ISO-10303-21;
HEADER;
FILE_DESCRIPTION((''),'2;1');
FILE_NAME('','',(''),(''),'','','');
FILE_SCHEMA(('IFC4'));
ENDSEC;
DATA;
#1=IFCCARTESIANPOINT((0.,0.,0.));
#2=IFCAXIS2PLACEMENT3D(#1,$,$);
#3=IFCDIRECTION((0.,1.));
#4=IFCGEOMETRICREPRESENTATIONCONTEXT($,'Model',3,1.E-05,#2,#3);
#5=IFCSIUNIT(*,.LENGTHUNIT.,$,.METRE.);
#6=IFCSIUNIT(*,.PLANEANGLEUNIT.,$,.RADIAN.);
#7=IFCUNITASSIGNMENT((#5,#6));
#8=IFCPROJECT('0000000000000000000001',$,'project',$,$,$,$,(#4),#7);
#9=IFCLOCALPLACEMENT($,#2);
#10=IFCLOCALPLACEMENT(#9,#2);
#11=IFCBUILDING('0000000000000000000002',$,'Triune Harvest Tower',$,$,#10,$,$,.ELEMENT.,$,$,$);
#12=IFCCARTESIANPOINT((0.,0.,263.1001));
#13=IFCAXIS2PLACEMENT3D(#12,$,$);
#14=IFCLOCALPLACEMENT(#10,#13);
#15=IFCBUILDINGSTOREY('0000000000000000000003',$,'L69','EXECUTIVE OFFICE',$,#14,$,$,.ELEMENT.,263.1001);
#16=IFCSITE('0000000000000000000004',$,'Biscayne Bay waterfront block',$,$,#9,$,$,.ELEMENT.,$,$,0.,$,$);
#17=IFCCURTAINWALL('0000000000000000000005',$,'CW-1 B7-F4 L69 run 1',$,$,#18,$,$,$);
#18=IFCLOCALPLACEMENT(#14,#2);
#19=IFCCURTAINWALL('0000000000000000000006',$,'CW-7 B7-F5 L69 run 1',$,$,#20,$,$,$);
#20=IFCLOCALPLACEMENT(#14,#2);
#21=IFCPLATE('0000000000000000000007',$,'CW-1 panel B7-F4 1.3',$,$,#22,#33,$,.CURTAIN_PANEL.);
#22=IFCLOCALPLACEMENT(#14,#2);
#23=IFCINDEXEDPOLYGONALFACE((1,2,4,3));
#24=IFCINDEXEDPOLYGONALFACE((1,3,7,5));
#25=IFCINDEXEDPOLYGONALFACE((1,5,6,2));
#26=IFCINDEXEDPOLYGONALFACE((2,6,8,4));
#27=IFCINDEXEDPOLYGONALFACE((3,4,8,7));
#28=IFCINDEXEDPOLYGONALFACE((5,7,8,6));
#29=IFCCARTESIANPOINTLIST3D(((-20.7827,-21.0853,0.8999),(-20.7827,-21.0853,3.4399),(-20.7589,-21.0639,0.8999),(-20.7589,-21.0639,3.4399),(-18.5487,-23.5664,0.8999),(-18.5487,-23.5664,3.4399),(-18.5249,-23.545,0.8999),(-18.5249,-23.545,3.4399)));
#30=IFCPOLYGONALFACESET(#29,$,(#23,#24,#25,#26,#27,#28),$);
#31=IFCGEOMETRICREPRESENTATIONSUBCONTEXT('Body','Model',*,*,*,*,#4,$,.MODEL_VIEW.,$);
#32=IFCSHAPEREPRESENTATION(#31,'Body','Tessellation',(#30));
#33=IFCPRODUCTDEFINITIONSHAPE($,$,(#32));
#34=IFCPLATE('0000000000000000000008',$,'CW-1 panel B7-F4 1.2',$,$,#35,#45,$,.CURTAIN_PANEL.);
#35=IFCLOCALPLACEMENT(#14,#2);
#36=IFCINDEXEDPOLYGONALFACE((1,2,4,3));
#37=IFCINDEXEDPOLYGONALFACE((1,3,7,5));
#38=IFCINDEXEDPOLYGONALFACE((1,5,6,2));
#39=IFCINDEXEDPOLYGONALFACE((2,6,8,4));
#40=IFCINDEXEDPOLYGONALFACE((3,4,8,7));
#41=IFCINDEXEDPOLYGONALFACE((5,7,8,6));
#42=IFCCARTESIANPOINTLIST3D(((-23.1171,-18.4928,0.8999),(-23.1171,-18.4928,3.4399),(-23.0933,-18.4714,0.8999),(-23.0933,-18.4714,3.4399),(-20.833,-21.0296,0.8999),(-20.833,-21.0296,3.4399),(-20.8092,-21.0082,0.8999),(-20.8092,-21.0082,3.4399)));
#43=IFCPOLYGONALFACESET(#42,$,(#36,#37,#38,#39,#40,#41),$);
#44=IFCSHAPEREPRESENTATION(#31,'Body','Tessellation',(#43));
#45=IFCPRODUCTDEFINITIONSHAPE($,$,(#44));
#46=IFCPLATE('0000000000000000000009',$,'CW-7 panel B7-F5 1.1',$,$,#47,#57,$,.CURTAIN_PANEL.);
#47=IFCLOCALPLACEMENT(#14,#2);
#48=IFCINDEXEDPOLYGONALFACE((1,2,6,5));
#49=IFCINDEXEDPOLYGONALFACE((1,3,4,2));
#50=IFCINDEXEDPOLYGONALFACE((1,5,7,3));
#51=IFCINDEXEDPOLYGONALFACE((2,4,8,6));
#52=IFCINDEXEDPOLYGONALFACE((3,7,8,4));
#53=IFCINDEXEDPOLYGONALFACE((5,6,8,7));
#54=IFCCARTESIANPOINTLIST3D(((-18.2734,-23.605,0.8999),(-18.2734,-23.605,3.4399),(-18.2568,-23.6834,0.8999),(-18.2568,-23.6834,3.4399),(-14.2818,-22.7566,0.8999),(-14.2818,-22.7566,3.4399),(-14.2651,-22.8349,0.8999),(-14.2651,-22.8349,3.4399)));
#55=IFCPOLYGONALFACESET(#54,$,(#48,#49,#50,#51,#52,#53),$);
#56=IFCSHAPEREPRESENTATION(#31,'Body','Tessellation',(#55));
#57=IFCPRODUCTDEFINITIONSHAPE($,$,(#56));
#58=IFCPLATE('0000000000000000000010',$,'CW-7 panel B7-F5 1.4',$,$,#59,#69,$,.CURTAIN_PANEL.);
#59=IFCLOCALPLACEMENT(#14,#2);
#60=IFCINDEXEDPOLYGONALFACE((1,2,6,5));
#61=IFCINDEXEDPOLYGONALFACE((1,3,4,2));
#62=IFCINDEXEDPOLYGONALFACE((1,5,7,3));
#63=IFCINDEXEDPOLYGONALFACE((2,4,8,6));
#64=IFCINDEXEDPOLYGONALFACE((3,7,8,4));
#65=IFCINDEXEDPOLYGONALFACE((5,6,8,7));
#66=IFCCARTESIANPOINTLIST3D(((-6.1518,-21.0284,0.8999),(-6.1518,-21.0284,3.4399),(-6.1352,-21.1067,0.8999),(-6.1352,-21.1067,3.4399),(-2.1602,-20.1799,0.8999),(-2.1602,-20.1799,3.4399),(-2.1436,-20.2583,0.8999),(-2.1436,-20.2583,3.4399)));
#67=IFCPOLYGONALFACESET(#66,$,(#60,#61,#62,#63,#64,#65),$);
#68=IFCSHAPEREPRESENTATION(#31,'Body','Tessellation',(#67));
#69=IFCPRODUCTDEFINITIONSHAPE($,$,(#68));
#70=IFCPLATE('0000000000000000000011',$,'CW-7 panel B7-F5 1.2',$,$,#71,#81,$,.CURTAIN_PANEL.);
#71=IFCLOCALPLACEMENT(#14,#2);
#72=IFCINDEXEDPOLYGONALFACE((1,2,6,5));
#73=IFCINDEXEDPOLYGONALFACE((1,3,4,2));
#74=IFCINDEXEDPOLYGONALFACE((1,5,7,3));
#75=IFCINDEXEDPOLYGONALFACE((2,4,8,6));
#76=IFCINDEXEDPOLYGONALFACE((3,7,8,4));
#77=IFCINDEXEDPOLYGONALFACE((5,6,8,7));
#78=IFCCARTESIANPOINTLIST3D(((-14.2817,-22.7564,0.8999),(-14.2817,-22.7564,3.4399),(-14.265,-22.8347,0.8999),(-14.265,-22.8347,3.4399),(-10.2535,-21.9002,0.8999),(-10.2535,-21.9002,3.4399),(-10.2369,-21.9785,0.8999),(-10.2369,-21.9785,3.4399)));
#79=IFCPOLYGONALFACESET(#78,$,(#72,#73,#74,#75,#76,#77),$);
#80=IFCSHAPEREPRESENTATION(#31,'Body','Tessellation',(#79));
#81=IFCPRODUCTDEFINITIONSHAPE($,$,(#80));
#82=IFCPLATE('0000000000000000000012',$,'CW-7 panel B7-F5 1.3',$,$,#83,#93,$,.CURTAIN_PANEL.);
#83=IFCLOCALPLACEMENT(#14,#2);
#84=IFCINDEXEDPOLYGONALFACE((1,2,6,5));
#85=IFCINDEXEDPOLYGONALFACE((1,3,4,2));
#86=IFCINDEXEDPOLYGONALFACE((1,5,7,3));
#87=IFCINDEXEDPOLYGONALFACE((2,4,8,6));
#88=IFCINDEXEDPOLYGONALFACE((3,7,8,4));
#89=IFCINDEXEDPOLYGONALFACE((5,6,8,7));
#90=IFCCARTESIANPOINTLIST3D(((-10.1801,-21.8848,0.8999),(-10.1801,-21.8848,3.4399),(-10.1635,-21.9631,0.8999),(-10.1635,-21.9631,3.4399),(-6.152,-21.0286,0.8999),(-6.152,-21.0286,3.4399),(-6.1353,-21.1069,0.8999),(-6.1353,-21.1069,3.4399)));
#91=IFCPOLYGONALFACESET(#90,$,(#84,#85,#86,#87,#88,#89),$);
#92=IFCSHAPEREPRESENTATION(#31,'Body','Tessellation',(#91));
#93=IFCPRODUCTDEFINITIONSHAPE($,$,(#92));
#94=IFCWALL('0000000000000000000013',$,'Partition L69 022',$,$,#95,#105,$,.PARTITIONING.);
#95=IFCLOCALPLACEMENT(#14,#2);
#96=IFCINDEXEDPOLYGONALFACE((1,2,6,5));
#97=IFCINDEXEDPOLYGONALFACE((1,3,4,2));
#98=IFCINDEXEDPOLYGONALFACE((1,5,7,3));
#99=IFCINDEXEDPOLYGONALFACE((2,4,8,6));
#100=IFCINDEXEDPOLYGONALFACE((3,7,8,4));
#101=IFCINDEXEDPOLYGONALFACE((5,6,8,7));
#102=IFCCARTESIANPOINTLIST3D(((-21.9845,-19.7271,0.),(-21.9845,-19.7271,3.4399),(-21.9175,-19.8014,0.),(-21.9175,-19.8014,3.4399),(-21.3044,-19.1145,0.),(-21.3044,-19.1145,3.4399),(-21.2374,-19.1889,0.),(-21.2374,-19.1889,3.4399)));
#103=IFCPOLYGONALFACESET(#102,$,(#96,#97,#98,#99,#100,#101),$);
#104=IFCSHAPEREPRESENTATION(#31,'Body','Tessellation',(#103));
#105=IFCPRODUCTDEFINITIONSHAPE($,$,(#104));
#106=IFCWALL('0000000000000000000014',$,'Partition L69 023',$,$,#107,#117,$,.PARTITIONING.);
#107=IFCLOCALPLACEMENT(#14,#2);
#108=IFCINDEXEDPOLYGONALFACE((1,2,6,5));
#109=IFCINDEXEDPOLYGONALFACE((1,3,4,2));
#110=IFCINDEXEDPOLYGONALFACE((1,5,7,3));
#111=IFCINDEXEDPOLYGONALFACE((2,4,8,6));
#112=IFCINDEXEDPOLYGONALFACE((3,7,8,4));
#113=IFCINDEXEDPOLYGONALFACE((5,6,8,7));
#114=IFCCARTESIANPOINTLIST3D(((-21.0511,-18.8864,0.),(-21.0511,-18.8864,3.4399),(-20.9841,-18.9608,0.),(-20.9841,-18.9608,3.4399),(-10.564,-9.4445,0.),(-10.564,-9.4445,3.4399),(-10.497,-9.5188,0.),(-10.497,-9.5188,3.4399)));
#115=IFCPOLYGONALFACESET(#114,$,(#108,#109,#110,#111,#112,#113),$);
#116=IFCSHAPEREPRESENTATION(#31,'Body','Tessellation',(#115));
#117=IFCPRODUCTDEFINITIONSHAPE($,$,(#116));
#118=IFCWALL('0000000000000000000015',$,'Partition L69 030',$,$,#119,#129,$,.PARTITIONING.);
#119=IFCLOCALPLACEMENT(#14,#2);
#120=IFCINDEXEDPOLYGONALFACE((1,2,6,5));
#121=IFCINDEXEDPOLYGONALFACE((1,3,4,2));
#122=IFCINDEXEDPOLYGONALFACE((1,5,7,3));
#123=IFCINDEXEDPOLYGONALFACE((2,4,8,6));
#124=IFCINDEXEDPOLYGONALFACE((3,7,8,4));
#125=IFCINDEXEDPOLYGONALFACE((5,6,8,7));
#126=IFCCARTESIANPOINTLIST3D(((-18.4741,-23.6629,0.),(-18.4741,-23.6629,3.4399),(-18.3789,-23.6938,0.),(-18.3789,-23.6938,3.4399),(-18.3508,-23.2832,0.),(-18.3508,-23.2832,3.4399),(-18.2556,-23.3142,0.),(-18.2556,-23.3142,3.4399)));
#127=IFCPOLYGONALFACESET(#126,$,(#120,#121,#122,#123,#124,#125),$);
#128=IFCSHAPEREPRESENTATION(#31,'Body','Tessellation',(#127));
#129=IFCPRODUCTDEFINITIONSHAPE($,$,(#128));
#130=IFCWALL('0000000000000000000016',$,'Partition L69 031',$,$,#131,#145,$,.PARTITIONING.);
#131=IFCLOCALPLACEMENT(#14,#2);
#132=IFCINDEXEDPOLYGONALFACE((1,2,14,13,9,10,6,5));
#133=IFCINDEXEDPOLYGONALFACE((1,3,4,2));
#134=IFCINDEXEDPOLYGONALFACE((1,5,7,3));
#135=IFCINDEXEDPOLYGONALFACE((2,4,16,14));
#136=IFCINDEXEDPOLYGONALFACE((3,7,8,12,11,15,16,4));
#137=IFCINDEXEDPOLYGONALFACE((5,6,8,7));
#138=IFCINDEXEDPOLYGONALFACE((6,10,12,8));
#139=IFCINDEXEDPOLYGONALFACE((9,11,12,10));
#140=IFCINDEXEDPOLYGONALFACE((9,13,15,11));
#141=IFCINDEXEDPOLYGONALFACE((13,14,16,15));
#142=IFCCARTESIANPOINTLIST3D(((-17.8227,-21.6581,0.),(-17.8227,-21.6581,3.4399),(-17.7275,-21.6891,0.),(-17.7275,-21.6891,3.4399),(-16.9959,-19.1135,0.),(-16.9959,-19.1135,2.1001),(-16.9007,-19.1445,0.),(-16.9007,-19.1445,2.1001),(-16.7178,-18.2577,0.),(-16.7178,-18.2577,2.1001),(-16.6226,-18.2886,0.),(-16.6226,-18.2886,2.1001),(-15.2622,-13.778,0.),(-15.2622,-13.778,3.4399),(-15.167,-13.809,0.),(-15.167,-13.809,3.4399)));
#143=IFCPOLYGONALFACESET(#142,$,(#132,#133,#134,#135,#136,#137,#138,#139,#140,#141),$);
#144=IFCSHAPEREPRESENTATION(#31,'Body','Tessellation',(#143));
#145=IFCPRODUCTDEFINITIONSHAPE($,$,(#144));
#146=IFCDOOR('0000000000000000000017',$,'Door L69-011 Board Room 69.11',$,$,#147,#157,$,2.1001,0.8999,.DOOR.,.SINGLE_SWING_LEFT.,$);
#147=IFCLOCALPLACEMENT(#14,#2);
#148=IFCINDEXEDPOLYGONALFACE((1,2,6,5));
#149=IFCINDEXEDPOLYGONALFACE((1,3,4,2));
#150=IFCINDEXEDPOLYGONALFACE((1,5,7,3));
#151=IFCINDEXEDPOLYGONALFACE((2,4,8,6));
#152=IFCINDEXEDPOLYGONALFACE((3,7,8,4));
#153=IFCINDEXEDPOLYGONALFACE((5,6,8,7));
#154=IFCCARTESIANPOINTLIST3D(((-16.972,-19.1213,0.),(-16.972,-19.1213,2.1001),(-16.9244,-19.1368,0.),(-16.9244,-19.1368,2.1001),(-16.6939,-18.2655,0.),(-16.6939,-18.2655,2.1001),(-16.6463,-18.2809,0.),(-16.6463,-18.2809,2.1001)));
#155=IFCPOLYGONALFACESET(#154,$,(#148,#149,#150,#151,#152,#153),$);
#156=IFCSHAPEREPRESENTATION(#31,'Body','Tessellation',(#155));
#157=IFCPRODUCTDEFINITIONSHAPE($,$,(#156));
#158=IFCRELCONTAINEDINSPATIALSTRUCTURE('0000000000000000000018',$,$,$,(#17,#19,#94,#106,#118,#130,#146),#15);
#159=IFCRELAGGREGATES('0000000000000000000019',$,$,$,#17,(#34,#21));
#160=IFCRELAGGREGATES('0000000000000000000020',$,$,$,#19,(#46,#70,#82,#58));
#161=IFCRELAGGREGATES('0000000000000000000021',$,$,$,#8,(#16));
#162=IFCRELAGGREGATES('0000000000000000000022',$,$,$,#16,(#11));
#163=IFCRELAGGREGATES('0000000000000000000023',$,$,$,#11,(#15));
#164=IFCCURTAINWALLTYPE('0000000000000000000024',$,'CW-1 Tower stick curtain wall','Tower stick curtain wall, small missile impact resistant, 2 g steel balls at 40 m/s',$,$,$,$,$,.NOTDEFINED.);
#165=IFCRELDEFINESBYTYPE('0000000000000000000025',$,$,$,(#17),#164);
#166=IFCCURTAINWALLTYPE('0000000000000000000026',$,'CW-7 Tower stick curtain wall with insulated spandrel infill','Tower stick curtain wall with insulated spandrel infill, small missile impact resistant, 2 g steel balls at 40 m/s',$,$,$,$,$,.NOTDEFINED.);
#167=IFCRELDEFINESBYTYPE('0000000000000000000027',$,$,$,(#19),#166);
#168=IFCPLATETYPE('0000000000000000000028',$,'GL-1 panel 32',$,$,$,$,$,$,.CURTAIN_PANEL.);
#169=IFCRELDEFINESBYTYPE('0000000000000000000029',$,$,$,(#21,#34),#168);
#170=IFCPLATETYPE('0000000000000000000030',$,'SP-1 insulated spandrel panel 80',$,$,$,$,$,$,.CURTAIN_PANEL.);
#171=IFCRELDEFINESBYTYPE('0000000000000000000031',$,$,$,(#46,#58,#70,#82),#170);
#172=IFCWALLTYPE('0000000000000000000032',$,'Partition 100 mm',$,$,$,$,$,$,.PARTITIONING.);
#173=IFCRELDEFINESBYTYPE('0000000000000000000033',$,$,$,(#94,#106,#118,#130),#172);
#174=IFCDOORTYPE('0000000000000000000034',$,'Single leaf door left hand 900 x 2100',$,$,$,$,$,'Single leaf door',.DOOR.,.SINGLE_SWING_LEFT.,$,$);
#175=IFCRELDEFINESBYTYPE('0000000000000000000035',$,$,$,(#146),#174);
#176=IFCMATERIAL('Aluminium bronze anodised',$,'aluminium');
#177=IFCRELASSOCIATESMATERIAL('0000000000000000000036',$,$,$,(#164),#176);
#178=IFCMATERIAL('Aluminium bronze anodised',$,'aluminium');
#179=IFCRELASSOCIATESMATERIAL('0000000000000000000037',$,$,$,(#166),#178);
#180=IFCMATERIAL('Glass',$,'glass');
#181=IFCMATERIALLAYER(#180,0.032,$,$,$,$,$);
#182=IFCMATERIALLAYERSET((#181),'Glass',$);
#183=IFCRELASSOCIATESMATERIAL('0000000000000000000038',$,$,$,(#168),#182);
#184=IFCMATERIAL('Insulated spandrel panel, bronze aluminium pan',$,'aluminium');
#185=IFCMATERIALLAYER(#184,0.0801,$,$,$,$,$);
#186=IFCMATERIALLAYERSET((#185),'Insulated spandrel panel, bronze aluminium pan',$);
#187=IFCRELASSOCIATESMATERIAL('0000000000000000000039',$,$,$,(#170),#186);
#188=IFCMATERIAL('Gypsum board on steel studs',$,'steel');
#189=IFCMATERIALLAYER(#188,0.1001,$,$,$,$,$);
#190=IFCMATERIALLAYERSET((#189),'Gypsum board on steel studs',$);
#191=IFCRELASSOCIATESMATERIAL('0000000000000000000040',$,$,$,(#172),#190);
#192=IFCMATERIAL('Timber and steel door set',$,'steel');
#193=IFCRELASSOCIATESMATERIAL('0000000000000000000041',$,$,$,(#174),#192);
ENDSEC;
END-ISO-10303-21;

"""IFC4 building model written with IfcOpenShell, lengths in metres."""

from ifc_helpers import new_model, si_unit, direction, frame, frame_2d, origin, origin_2d, place, context, subcontext, project, spatial, rectangle, extrude, source, transform, mapped, material, layer, layer_set, type_object, element, fill, aggregate, save


model = new_model("IFC4")

# Units and contexts
model_context = context("Model", 3, precision=1e-05, world=origin(), true_north=direction((0.0, 1.0)))
body_context = subcontext(model_context, "Body", "Model", "MODEL_VIEW")
ifc_project = project(units=[si_unit("LENGTHUNIT", "METRE"), si_unit("PLANEANGLEUNIT", "RADIAN")], contexts=[model_context])

# Site, building, storey
site_placement = place(None, origin())
site = spatial("IfcSite", under=ifc_project, at=site_placement, Name="Biscayne Bay waterfront block", CompositionType="ELEMENT", RefElevation=0.0)
building_placement = place(site_placement, origin())
building = spatial("IfcBuilding", under=site, at=building_placement, Name="Triune Harvest Tower", CompositionType="ELEMENT")
storey_placement = place(building_placement, frame((0.0, 0.0, 263.1001)))
storey = spatial("IfcBuildingStorey", under=building, at=storey_placement, Name="L69", Description="EXECUTIVE OFFICE", CompositionType="ELEMENT", Elevation=263.1001)

# Curtain walls
ifc_material_1 = material(Name="Aluminium bronze anodised", Category="aluminium")
curtain_wall_type_1 = type_object("IfcCurtainWallType", Name="CW-1 Tower stick curtain wall", Description="Tower stick curtain wall, small missile impact resistant, 2 g steel balls at 40 m/s", PredefinedType="NOTDEFINED", material=ifc_material_1)
curtain_wall_1_placement = place(storey_placement, origin())
curtain_wall_1 = element("IfcCurtainWall", 1, at=curtain_wall_1_placement, inside=storey, type_object=curtain_wall_type_1, Name="CW-1 B7-F4 L69 run 1")
ifc_material_2 = material(Name="Aluminium bronze anodised", Category="aluminium")
curtain_wall_type_2 = type_object("IfcCurtainWallType", Name="CW-7 Tower stick curtain wall with insulated spandrel infill", Description="Tower stick curtain wall with insulated spandrel infill, small missile impact resistant, 2 g steel balls at 40 m/s", PredefinedType="NOTDEFINED", material=ifc_material_2)
curtain_wall_2_placement = place(storey_placement, origin())
curtain_wall_2 = element("IfcCurtainWall", 2, at=curtain_wall_2_placement, inside=storey, type_object=curtain_wall_type_2, Name="CW-7 B7-F5 L69 run 1")

# Plates
ifc_material_3 = material(Name="Glass", Category="glass")
ifc_layer_1 = layer(ifc_material_3, 0.032)
ifc_layer_set_1 = layer_set([ifc_layer_1], Name="Glass")
plate_type_1 = type_object("IfcPlateType", Name="GL-1 panel 32", PredefinedType="CURTAIN_PANEL", material=ifc_layer_set_1)
shared_shape_1 = source(origin(), body_context, "Body", "SweptSolid", [
    extrude(rectangle(XDim=3.3386, YDim=0.032, at=origin_2d()), origin(), (0.0, 0.0, 1.0), 2.54),
])
plate_1_placement = place(storey_placement, frame((-19.6538, -22.3152, 0.8999), z_axis=(0.0, 0.0, 1.0), x_axis=(0.669132, -0.743144, 0.0)))
plate_1 = element("IfcPlate", 3, at=plate_1_placement, type_object=plate_type_1, Name="CW-1 panel B7-F4 1.3", PredefinedType="CURTAIN_PANEL", context=body_context, shape_type="MappedRepresentation", body=[
    mapped(shared_shape_1, transform((0.0, 0.0, 0.0), scale=1.0)),
])
shared_shape_2 = source(origin(), body_context, "Body", "SweptSolid", [
    extrude(rectangle(XDim=3.4136, YDim=0.032, at=origin_2d()), origin(), (0.0, 0.0, 1.0), 2.54),
])
plate_2_placement = place(storey_placement, frame((-21.9631, -19.7505, 0.8999), z_axis=(0.0, 0.0, 1.0), x_axis=(0.669132, -0.743144, 0.0)))
plate_2 = element("IfcPlate", 4, at=plate_2_placement, type_object=plate_type_1, Name="CW-1 panel B7-F4 1.2", PredefinedType="CURTAIN_PANEL", context=body_context, shape_type="MappedRepresentation", body=[
    mapped(shared_shape_2, transform((0.0, 0.0, 0.0), scale=1.0)),
])
aggregate(curtain_wall_1, [plate_2, plate_1])
ifc_material_4 = material(Name="Insulated spandrel panel, bronze aluminium pan", Category="aluminium")
ifc_layer_2 = layer(ifc_material_4, 0.0801)
ifc_layer_set_2 = layer_set([ifc_layer_2], Name="Insulated spandrel panel, bronze aluminium pan")
plate_type_2 = type_object("IfcPlateType", Name="SP-1 insulated spandrel panel 80", PredefinedType="CURTAIN_PANEL", material=ifc_layer_set_2)
shared_shape_3 = source(origin(), body_context, "Body", "SweptSolid", [
    extrude(rectangle(XDim=4.0808, YDim=0.0801, at=origin_2d()), origin(), (0.0, 0.0, 1.0), 2.54),
])
plate_3_placement = place(storey_placement, frame((-16.2693, -23.22, 0.8999), z_axis=(0.0, 0.0, 1.0), x_axis=(0.978148, 0.207909, 0.0)))
plate_3 = element("IfcPlate", 5, at=plate_3_placement, type_object=plate_type_2, Name="CW-7 panel B7-F5 1.1", PredefinedType="CURTAIN_PANEL", context=body_context, shape_type="MappedRepresentation", body=[
    mapped(shared_shape_3, transform((0.0, 0.0, 0.0), scale=1.0)),
])
plate_4_placement = place(storey_placement, frame((-4.1477, -20.6433, 0.8999), z_axis=(0.0, 0.0, 1.0), x_axis=(0.978148, 0.207909, 0.0)))
plate_4 = element("IfcPlate", 6, at=plate_4_placement, type_object=plate_type_2, Name="CW-7 panel B7-F5 1.4", PredefinedType="CURTAIN_PANEL", context=body_context, shape_type="MappedRepresentation", body=[
    mapped(shared_shape_3, transform((0.0, 0.0, 0.0), scale=1.0)),
])
shared_shape_4 = source(origin(), body_context, "Body", "SweptSolid", [
    extrude(rectangle(XDim=4.1182, YDim=0.0801, at=origin_2d()), origin(), (0.0, 0.0, 1.0), 2.54),
])
plate_5_placement = place(storey_placement, frame((-12.2593, -22.3674, 0.8999), z_axis=(0.0, 0.0, 1.0), x_axis=(0.978148, 0.207909, 0.0)))
plate_5 = element("IfcPlate", 7, at=plate_5_placement, type_object=plate_type_2, Name="CW-7 panel B7-F5 1.2", PredefinedType="CURTAIN_PANEL", context=body_context, shape_type="MappedRepresentation", body=[
    mapped(shared_shape_4, transform((0.0, 0.0, 0.0), scale=1.0)),
])
plate_6_placement = place(storey_placement, frame((-8.1577, -21.4958, 0.8999), z_axis=(0.0, 0.0, 1.0), x_axis=(0.978148, 0.207909, 0.0)))
plate_6 = element("IfcPlate", 8, at=plate_6_placement, type_object=plate_type_2, Name="CW-7 panel B7-F5 1.3", PredefinedType="CURTAIN_PANEL", context=body_context, shape_type="MappedRepresentation", body=[
    mapped(shared_shape_4, transform((0.0, 0.0, 0.0), scale=1.0)),
])
aggregate(curtain_wall_2, [plate_3, plate_5, plate_6, plate_4])

# Walls
ifc_material_5 = material(Name="Gypsum board on steel studs", Category="steel")
ifc_layer_3 = layer(ifc_material_5, 0.1001)
ifc_layer_set_3 = layer_set([ifc_layer_3], Name="Gypsum board on steel studs")
wall_type = type_object("IfcWallType", Name="Partition 100 mm", PredefinedType="PARTITIONING", material=ifc_layer_set_3)
shared_shape_5 = source(origin(), body_context, "Body", "SweptSolid", [
    extrude(rectangle(XDim=0.9153, YDim=0.1001, at=frame_2d((0.4575, 0.0))), origin(), (0.0, 0.0, 1.0), 3.4399),
])
wall_1_placement = place(storey_placement, frame((-21.9509, -19.7642, 0.0), z_axis=(0.0, 0.0, 1.0), x_axis=(0.743082, 0.6692, 0.0)))
element("IfcWall", 9, at=wall_1_placement, inside=storey, type_object=wall_type, Name="Partition L69 022", PredefinedType="PARTITIONING", context=body_context, shape_type="MappedRepresentation", body=[
    mapped(shared_shape_5, transform((0.0, 0.0, 0.0), scale=1.0)),
])
shared_shape_6 = source(origin(), body_context, "Body", "SweptSolid", [
    extrude(rectangle(XDim=14.1113, YDim=0.1001, at=frame_2d((7.0557, 0.0))), origin(), (0.0, 0.0, 1.0), 3.4399),
])
wall_2_placement = place(storey_placement, frame((-21.0176, -18.9236, 0.0), z_axis=(0.0, 0.0, 1.0), x_axis=(0.743169, 0.669103, 0.0)))
element("IfcWall", 10, at=wall_2_placement, inside=storey, type_object=wall_type, Name="Partition L69 023", PredefinedType="PARTITIONING", context=body_context, shape_type="MappedRepresentation", body=[
    mapped(shared_shape_6, transform((0.0, 0.0, 0.0), scale=1.0)),
])
shared_shape_7 = source(origin(), body_context, "Body", "SweptSolid", [
    extrude(rectangle(XDim=0.3992, YDim=0.1001, at=frame_2d((0.1997, 0.0))), origin(), (0.0, 0.0, 1.0), 3.4399),
])
wall_3_placement = place(storey_placement, frame((-18.4265, -23.6785, 0.0), z_axis=(0.0, 0.0, 1.0), x_axis=(0.308879, 0.951101, 0.0)))
element("IfcWall", 11, at=wall_3_placement, inside=storey, type_object=wall_type, Name="Partition L69 030", PredefinedType="PARTITIONING", context=body_context, shape_type="MappedRepresentation", body=[
    mapped(shared_shape_7, transform((0.0, 0.0, 0.0), scale=1.0)),
])

# Wall, opening, door
shared_shape_8 = source(origin(), body_context, "Body", "SweptSolid", [
    extrude(rectangle(XDim=8.2856, YDim=0.1001, at=frame_2d((4.1428, 0.0))), origin(), (0.0, 0.0, 1.0), 3.4399),
])
wall_4_placement = place(storey_placement, frame((-17.7751, -21.6736, 0.0), z_axis=(0.0, 0.0, 1.0), x_axis=(0.309032, 0.951052, 0.0)))
wall_4 = element("IfcWall", 12, at=wall_4_placement, inside=storey, type_object=wall_type, Name="Partition L69 031", PredefinedType="PARTITIONING", context=body_context, shape_type="MappedRepresentation", body=[
    mapped(shared_shape_8, transform((0.0, 0.0, 0.0), scale=1.0)),
])
opening_placement = place(wall_4_placement, frame((2.6755, 0.0, 0.0)))
opening = element("IfcOpeningElement", 13, at=opening_placement, cuts=wall_4, PredefinedType="OPENING", context=body_context, shape_type="SweptSolid", body=[
    extrude(rectangle(XDim=0.8999, YDim=2.1001, at=frame_2d((0.45, 1.05))), frame((0.0, 0.0601, 0.0), z_axis=(0.0, -1.0, 0.0), x_axis=(1.0, 0.0, 0.0)), (0.0, 0.0, 1.0), 0.1201),
])
ifc_material_6 = material(Name="Timber and steel door set", Category="steel")
door_type = type_object("IfcDoorType", Name="Single leaf door left hand 900 x 2100", ElementType="Single leaf door", OperationType="SINGLE_SWING_LEFT", PredefinedType="DOOR", material=ifc_material_6)
door_placement = place(opening_placement, origin())
door = element("IfcDoor", 14, at=door_placement, inside=storey, type_object=door_type, Name="Door L69-011 Board Room 69.11", OperationType="SINGLE_SWING_LEFT", OverallHeight=2.1001, OverallWidth=0.8999, PredefinedType="DOOR", context=body_context, shape_type="SweptSolid", body=[
    extrude(rectangle(XDim=0.8999, YDim=2.1001, at=frame_2d((0.45, 1.05))), frame((0.0, 0.0249, 0.0), z_axis=(0.0, -1.0, 0.0), x_axis=(1.0, 0.0, 0.0)), (0.0, 0.0, 1.0), 0.05),
])
fill(opening, door)

save(model, "model.ifc")
